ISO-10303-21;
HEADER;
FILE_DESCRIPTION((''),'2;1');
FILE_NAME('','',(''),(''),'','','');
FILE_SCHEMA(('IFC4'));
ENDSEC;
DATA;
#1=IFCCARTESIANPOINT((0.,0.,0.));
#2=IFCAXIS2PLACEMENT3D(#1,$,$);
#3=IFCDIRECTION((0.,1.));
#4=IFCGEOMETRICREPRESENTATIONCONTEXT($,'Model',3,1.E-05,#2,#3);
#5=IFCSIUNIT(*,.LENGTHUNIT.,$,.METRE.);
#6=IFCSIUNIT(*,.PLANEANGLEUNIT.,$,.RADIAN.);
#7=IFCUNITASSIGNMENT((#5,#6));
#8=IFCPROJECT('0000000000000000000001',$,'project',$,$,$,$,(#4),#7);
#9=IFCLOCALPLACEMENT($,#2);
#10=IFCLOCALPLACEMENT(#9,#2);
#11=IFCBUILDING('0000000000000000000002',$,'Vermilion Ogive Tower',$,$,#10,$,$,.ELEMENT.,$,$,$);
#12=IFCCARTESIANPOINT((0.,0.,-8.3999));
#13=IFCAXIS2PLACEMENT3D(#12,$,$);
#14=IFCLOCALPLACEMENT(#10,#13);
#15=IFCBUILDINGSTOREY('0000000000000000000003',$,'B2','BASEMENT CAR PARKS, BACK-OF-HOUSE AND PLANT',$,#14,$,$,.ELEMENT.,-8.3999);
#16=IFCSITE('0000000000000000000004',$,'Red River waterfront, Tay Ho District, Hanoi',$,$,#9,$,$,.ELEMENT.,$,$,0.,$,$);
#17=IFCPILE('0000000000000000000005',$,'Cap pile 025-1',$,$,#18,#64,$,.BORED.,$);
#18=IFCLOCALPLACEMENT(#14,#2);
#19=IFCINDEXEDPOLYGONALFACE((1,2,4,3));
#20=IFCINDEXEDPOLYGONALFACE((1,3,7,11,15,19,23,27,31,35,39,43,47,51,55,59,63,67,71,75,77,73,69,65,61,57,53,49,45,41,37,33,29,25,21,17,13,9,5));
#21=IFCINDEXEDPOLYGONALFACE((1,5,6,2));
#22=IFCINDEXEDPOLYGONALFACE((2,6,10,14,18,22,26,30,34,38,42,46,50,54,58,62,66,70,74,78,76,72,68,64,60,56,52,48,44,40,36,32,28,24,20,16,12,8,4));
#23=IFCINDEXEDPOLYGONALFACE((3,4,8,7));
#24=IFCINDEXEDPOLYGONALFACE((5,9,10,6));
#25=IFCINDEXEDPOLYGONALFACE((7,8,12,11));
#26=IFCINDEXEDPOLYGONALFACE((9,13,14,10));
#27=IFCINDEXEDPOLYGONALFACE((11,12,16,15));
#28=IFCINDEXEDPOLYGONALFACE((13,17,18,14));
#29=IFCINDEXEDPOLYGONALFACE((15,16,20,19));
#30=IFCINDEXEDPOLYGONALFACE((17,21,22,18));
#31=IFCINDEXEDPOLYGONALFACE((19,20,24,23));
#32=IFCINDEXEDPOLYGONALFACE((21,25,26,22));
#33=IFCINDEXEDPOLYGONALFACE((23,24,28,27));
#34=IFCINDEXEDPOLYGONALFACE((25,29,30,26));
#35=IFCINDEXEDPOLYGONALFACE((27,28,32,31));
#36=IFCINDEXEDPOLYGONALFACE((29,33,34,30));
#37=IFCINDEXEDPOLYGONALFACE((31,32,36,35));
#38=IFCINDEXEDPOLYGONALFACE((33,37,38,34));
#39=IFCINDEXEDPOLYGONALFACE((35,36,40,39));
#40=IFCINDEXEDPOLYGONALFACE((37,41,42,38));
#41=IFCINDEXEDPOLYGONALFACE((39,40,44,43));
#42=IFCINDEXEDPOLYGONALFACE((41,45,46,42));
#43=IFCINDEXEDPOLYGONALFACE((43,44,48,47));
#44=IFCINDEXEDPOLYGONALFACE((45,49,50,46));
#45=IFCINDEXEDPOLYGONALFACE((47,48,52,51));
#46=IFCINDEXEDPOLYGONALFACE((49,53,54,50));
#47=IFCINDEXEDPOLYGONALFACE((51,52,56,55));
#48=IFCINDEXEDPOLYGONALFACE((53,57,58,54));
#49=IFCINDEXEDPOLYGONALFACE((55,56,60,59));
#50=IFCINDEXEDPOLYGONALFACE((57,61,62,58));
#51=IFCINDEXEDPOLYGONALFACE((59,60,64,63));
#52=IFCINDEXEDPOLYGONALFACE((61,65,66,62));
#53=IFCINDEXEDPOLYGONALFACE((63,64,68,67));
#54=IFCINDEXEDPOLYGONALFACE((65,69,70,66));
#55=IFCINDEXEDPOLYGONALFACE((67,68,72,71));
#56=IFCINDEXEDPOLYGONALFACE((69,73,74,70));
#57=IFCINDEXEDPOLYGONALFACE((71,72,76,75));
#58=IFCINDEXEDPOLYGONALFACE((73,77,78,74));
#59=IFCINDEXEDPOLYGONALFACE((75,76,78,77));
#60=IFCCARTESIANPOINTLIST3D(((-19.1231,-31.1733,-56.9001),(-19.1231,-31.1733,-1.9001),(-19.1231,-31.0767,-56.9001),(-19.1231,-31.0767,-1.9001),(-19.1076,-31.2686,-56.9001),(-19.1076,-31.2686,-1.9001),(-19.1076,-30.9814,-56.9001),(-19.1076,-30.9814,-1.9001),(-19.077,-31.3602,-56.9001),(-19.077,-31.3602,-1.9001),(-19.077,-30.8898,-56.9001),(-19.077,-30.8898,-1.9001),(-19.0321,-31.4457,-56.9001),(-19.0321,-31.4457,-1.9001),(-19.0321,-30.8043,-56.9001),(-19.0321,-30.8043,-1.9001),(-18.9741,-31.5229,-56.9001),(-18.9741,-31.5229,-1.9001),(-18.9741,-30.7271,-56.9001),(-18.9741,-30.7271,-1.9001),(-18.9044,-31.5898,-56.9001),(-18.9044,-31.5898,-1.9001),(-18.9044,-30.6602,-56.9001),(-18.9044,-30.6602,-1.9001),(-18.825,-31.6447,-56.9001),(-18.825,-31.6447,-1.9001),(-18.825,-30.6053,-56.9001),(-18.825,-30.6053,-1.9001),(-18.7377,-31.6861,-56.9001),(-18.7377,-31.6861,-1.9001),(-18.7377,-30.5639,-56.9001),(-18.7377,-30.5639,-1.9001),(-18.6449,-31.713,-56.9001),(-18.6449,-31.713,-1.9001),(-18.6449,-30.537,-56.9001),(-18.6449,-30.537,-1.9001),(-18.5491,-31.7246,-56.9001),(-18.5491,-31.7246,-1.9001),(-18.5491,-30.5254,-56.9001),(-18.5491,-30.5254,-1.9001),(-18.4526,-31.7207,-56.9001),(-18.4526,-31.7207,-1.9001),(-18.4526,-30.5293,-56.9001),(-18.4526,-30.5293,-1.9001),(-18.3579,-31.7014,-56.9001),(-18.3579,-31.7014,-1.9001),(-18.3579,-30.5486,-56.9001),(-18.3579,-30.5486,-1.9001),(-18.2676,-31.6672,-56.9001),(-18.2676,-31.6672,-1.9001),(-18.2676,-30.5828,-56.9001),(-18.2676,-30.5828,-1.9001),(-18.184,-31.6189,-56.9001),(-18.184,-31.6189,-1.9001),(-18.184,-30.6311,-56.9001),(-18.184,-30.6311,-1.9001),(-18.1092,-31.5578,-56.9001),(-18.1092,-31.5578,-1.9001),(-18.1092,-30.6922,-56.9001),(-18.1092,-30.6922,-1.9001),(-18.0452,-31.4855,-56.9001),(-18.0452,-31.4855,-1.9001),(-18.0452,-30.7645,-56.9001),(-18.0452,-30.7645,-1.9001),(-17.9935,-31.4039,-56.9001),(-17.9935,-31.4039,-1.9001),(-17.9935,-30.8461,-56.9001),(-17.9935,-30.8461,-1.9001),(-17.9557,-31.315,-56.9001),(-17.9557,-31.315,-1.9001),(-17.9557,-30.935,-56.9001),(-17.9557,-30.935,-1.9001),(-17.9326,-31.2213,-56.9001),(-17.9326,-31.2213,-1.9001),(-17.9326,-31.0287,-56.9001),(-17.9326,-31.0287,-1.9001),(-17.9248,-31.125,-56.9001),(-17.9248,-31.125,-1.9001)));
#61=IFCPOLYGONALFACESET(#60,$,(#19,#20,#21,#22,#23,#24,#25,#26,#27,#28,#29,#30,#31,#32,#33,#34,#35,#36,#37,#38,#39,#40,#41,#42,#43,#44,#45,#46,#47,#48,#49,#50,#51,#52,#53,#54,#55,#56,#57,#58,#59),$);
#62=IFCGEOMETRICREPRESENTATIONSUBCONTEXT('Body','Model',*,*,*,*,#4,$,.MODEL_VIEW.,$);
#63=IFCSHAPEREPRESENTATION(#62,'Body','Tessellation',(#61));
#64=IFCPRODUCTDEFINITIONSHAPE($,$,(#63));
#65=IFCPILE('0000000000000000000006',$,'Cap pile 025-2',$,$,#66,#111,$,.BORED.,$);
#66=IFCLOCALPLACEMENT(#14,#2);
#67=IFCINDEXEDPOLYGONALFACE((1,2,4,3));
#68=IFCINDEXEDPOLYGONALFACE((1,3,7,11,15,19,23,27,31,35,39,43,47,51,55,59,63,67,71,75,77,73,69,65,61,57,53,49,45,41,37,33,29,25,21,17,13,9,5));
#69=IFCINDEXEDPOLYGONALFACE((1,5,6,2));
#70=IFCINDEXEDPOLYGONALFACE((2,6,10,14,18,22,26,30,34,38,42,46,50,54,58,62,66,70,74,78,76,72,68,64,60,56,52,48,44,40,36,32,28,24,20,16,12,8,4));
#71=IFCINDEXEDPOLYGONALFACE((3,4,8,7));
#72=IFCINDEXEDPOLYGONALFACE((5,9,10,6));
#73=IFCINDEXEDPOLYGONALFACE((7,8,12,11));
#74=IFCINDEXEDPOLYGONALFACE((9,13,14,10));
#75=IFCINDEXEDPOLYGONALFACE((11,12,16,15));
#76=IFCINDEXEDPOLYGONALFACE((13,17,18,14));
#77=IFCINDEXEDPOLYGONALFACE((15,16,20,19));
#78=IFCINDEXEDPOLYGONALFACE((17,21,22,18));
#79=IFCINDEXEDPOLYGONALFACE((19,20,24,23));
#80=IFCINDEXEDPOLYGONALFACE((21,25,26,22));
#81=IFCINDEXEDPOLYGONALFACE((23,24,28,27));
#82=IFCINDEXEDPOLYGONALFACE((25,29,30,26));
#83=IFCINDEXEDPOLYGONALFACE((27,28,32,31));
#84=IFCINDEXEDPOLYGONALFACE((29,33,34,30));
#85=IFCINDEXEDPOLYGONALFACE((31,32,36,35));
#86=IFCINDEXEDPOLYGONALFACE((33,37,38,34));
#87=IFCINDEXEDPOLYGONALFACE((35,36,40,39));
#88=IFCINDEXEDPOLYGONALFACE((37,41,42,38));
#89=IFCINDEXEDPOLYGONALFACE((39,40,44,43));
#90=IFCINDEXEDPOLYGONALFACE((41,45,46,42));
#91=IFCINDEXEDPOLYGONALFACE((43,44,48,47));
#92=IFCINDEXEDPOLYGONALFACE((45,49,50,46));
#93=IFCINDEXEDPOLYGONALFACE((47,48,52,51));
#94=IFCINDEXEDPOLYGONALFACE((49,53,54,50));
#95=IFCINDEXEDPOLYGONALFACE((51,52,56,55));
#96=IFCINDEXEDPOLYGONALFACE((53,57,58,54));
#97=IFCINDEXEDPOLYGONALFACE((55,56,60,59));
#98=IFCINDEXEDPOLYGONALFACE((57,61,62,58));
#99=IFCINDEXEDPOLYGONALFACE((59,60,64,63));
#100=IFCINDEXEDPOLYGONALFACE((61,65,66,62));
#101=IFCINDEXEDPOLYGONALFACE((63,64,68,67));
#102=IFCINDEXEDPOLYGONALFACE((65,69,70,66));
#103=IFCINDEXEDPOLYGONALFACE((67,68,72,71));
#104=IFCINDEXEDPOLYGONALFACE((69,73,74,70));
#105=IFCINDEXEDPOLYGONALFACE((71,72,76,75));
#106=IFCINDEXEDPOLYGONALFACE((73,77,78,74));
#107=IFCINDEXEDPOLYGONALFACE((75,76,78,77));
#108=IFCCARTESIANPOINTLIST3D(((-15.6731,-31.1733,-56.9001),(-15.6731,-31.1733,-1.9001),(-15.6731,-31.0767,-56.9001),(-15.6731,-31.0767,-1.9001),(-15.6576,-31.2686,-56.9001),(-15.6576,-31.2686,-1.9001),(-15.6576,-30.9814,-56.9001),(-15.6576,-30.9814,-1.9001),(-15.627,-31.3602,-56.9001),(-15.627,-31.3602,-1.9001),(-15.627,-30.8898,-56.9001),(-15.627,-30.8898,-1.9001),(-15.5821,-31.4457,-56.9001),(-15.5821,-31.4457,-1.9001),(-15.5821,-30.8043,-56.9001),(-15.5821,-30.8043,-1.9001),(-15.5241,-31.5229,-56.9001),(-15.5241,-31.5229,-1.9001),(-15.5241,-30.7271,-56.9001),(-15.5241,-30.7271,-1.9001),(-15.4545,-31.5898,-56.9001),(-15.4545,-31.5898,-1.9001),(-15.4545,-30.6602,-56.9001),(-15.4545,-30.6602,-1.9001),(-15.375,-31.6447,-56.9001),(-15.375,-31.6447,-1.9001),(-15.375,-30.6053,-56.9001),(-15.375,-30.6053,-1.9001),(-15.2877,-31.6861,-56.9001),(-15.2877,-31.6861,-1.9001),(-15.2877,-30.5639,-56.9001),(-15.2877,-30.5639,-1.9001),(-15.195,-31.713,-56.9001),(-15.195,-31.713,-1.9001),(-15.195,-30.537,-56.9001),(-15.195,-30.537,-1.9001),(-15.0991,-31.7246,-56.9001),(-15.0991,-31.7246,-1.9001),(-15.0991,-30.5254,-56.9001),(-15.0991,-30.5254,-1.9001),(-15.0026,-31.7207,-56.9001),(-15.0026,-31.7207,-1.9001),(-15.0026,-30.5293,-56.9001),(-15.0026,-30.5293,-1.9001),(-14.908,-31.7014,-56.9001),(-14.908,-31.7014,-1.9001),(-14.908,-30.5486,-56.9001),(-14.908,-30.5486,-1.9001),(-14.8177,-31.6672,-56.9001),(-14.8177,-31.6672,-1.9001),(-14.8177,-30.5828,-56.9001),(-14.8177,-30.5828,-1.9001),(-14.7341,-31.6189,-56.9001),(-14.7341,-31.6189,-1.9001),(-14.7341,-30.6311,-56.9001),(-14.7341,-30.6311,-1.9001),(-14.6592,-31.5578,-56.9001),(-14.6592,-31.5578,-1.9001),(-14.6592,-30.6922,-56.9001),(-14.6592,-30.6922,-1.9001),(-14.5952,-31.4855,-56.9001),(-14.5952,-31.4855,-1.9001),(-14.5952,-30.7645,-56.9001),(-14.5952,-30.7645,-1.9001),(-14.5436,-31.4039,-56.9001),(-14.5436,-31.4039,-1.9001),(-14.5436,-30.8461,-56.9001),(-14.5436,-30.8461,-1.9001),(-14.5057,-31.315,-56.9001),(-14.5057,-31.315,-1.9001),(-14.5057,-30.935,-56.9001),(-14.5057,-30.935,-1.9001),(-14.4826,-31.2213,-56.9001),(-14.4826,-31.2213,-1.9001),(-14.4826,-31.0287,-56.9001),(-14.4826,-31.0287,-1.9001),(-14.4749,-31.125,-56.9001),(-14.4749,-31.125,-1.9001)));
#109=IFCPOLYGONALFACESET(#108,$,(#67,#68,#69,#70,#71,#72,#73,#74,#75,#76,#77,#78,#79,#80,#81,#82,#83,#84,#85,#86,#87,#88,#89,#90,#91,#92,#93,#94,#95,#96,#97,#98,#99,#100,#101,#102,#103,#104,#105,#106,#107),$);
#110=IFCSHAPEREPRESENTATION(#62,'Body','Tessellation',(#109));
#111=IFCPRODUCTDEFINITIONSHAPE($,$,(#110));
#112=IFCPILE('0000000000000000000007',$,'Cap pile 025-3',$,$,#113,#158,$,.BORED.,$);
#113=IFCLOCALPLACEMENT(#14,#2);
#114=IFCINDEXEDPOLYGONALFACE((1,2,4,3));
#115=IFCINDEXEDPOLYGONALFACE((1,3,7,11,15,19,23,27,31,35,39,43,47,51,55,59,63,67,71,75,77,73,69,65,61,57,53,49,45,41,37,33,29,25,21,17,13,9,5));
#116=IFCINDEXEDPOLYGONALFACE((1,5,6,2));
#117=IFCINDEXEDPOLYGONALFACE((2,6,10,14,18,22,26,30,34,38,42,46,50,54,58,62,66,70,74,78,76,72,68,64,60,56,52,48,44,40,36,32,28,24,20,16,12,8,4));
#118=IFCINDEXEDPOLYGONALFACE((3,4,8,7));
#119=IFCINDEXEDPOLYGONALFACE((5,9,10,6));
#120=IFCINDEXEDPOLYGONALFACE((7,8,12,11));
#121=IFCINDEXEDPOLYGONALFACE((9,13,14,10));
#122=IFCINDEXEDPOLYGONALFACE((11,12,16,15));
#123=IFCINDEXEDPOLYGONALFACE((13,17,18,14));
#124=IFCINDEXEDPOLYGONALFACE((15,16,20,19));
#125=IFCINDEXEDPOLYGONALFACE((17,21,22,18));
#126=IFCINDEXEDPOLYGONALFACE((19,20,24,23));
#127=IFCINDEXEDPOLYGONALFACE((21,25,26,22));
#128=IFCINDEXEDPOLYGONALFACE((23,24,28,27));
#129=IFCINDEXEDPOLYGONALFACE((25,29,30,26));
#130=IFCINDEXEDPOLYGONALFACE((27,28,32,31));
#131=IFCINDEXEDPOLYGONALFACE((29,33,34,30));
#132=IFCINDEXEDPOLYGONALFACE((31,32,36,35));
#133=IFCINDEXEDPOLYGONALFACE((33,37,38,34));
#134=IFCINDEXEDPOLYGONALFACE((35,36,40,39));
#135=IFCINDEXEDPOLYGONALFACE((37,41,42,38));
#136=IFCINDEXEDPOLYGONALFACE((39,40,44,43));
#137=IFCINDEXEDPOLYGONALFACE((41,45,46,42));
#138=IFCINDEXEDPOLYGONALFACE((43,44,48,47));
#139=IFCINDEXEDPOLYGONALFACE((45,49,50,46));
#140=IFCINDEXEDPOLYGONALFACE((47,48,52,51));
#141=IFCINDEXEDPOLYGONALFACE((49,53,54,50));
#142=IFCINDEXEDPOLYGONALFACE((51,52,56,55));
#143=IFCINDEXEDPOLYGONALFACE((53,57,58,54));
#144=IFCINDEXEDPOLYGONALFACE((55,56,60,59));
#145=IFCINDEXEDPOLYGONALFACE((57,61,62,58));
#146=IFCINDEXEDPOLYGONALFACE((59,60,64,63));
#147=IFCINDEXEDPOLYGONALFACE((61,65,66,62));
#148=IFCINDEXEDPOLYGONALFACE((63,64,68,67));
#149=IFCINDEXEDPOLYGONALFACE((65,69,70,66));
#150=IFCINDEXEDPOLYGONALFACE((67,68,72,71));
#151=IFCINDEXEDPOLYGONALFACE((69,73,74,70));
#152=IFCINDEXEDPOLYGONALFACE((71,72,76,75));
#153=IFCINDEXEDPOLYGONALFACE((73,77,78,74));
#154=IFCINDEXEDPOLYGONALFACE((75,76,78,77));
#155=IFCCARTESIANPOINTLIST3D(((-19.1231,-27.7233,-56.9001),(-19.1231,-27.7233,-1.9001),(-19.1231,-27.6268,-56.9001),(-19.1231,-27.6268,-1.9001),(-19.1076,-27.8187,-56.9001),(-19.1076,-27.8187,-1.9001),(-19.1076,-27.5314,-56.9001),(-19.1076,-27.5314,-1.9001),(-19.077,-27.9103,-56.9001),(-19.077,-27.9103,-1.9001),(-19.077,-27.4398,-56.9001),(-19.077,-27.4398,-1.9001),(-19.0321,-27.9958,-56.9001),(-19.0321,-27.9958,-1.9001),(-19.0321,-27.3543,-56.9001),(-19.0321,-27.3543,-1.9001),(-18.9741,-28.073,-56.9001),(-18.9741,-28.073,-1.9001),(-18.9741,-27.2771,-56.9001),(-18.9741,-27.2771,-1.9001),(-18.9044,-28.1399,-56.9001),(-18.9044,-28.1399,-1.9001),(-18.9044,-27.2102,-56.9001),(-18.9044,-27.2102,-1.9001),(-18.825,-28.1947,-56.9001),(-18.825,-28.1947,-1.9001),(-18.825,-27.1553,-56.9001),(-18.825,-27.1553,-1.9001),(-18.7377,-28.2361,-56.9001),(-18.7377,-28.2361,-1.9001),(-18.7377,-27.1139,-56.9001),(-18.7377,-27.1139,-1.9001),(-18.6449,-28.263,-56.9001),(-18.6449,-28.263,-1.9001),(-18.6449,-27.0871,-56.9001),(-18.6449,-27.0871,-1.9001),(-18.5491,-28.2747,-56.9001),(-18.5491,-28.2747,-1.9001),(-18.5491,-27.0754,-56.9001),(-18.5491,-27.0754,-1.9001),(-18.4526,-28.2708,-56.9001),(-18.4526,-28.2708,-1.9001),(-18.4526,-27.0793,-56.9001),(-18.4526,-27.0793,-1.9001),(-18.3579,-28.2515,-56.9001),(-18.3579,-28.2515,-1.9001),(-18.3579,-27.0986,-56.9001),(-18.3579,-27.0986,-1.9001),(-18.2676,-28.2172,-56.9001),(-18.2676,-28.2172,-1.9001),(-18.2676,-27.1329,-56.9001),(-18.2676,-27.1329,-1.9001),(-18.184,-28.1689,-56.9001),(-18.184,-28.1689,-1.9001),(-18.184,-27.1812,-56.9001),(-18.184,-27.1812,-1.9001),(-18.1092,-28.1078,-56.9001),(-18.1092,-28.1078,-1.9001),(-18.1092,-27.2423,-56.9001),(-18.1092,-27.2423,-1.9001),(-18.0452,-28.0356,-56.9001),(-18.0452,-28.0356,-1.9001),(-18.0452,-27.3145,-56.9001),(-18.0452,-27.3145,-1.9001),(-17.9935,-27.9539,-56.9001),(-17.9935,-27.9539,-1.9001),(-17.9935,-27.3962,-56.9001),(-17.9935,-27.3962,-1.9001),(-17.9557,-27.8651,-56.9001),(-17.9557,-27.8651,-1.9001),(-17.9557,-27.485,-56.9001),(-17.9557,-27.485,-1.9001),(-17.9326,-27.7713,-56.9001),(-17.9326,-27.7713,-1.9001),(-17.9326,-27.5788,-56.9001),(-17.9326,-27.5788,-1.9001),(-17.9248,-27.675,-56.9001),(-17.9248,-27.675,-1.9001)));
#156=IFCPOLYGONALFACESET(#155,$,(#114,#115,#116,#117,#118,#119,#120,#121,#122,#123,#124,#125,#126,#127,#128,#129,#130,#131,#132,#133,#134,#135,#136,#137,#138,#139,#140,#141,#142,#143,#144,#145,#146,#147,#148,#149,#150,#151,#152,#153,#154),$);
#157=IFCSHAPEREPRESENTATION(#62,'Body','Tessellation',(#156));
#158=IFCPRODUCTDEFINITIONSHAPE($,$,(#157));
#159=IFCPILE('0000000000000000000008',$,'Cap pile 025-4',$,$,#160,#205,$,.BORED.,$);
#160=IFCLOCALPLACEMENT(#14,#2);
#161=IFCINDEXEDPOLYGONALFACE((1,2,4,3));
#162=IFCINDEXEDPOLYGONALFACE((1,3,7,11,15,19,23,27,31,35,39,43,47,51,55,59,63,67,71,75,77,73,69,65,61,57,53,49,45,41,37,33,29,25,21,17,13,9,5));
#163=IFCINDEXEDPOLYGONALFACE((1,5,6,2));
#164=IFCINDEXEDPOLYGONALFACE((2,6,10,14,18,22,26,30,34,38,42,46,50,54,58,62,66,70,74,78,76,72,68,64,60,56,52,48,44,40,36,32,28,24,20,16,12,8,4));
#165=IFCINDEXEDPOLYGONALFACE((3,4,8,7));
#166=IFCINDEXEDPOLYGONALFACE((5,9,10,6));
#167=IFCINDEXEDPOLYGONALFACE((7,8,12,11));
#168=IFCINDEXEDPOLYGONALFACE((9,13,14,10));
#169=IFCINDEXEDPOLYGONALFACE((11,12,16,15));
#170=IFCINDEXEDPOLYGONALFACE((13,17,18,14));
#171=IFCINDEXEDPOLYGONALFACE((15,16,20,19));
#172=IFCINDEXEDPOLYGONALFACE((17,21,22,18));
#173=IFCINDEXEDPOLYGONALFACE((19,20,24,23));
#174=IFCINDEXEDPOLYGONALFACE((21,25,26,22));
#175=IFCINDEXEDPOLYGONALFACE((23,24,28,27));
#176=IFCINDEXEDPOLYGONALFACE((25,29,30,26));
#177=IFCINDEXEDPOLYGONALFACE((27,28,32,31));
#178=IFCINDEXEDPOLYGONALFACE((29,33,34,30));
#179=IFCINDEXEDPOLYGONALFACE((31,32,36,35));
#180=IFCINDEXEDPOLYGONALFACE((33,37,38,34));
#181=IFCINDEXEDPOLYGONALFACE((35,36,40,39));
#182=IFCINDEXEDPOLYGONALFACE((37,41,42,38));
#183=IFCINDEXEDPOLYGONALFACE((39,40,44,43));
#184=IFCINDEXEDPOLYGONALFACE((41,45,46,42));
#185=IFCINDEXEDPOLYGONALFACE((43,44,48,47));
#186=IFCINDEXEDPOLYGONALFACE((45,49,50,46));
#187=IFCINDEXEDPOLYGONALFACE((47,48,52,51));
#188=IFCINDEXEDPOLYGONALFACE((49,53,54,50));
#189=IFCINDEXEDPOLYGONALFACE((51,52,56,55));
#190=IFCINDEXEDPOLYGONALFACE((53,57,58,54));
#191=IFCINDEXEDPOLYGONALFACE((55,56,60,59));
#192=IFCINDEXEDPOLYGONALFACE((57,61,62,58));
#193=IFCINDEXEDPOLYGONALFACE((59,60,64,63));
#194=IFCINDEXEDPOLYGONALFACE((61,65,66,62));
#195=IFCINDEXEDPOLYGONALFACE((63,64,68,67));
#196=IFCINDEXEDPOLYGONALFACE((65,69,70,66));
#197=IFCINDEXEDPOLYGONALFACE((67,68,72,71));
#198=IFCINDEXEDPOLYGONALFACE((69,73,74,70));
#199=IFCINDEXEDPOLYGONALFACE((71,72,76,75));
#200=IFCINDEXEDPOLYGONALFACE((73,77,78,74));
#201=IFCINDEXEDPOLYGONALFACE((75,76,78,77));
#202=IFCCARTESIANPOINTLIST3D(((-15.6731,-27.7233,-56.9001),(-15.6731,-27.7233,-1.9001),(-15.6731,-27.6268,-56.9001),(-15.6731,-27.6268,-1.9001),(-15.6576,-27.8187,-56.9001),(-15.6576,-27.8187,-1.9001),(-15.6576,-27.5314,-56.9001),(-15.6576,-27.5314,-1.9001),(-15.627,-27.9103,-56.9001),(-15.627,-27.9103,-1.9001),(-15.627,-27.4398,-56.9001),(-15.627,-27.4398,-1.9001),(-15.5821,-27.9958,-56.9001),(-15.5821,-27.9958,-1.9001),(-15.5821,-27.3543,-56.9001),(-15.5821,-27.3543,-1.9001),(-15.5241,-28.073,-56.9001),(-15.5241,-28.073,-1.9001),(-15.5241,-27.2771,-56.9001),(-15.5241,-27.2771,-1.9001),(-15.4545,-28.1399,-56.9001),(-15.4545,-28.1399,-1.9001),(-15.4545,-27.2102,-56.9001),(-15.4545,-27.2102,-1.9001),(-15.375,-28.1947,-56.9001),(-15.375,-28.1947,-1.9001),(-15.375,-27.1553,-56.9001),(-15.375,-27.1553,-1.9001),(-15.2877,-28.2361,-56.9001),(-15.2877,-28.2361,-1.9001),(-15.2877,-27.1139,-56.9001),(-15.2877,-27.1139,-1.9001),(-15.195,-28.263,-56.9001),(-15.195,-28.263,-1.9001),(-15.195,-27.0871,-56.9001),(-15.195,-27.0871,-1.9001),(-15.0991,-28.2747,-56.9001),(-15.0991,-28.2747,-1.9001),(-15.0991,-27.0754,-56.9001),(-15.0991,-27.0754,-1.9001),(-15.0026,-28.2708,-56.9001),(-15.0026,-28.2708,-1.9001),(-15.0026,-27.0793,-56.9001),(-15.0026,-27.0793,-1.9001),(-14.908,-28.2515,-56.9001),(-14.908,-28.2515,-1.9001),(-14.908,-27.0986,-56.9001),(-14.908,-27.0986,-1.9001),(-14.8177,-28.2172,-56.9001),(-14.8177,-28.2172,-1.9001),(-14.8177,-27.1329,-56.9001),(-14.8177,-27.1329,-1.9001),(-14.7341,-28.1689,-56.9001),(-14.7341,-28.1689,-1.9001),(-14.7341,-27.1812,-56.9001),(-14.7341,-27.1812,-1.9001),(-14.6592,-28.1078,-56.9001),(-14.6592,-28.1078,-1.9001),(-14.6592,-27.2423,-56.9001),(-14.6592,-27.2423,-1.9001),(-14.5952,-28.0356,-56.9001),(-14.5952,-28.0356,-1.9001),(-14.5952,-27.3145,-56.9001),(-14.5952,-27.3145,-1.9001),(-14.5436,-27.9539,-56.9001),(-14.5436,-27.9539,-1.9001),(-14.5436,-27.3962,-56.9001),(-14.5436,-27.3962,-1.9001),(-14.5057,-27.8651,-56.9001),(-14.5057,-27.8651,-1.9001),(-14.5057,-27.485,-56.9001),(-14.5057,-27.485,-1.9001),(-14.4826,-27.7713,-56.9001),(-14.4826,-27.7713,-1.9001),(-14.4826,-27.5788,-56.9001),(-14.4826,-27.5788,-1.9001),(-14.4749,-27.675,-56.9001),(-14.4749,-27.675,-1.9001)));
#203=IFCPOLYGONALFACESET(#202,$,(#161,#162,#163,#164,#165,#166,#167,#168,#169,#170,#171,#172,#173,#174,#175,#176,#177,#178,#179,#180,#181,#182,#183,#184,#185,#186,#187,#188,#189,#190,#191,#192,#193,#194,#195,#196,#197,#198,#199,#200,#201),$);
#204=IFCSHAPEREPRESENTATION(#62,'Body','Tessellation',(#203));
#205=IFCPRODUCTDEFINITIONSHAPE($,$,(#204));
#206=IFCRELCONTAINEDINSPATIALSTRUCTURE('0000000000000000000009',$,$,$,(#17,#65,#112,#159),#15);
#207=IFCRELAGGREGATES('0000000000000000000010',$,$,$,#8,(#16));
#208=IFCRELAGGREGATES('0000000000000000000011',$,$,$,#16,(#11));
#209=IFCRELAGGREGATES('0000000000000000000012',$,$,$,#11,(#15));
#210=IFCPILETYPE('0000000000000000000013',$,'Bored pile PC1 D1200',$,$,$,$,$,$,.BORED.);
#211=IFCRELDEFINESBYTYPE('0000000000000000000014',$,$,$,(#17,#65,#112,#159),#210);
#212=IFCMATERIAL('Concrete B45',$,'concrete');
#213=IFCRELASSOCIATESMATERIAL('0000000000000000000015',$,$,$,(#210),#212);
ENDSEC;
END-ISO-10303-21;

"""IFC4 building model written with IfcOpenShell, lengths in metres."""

from ifc_helpers import new_model, si_unit, direction, frame, origin, origin_2d, place, context, subcontext, project, spatial, circle, extrude, material, type_object, element, save


model = new_model("IFC4")

# Units and contexts
model_context = context("Model", 3, precision=1e-05, world=origin(), true_north=direction((0.0, 1.0)))
body_context = subcontext(model_context, "Body", "Model", "MODEL_VIEW")
ifc_project = project(units=[si_unit("LENGTHUNIT", "METRE"), si_unit("PLANEANGLEUNIT", "RADIAN")], contexts=[model_context])

# Site, building, storey
site_placement = place(None, origin())
site = spatial("IfcSite", under=ifc_project, at=site_placement, Name="Red River waterfront, Tay Ho District, Hanoi", CompositionType="ELEMENT", RefElevation=0.0)
building_placement = place(site_placement, origin())
building = spatial("IfcBuilding", under=site, at=building_placement, Name="Vermilion Ogive Tower", CompositionType="ELEMENT")
storey_placement = place(building_placement, frame((0.0, 0.0, -8.3999)))
storey = spatial("IfcBuildingStorey", under=building, at=storey_placement, Name="B2", Description="BASEMENT CAR PARKS, BACK-OF-HOUSE AND PLANT", CompositionType="ELEMENT", Elevation=-8.3999)

# Piles
ifc_material_1 = material(Name="Concrete B45", Category="concrete")
pile_type_1 = type_object("IfcPileType", Name="Bored pile PC1 D1200", PredefinedType="BORED", material=ifc_material_1)
for number, where, z_axis, x_axis, name in (
    (1, (-18.5249, -31.125, -1.9001), (0.0, 0.0, -1.0), (1.0, 0.0, 0.0), "Cap pile 025-1"),
    (2, (-15.075, -31.125, -1.9001), (0.0, 0.0, -1.0), (1.0, 0.0, 0.0), "Cap pile 025-2"),
    (3, (-18.5249, -27.675, -1.9001), (0.0, 0.0, -1.0), (1.0, 0.0, 0.0), "Cap pile 025-3"),
    (4, (-15.075, -27.675, -1.9001), (0.0, 0.0, -1.0), (1.0, 0.0, 0.0), "Cap pile 025-4"),
):
    element("IfcPile", number, at=place(storey_placement, frame(where, z_axis=z_axis, x_axis=x_axis)), inside=storey, type_object=pile_type_1, Name=name, PredefinedType="BORED", context=body_context, shape_type="SweptSolid", body=[
        extrude(circle(Radius=0.6001, at=origin_2d()), origin(), (0.0, 0.0, 1.0), 55.0),
    ])

save(model, "model.ifc")
